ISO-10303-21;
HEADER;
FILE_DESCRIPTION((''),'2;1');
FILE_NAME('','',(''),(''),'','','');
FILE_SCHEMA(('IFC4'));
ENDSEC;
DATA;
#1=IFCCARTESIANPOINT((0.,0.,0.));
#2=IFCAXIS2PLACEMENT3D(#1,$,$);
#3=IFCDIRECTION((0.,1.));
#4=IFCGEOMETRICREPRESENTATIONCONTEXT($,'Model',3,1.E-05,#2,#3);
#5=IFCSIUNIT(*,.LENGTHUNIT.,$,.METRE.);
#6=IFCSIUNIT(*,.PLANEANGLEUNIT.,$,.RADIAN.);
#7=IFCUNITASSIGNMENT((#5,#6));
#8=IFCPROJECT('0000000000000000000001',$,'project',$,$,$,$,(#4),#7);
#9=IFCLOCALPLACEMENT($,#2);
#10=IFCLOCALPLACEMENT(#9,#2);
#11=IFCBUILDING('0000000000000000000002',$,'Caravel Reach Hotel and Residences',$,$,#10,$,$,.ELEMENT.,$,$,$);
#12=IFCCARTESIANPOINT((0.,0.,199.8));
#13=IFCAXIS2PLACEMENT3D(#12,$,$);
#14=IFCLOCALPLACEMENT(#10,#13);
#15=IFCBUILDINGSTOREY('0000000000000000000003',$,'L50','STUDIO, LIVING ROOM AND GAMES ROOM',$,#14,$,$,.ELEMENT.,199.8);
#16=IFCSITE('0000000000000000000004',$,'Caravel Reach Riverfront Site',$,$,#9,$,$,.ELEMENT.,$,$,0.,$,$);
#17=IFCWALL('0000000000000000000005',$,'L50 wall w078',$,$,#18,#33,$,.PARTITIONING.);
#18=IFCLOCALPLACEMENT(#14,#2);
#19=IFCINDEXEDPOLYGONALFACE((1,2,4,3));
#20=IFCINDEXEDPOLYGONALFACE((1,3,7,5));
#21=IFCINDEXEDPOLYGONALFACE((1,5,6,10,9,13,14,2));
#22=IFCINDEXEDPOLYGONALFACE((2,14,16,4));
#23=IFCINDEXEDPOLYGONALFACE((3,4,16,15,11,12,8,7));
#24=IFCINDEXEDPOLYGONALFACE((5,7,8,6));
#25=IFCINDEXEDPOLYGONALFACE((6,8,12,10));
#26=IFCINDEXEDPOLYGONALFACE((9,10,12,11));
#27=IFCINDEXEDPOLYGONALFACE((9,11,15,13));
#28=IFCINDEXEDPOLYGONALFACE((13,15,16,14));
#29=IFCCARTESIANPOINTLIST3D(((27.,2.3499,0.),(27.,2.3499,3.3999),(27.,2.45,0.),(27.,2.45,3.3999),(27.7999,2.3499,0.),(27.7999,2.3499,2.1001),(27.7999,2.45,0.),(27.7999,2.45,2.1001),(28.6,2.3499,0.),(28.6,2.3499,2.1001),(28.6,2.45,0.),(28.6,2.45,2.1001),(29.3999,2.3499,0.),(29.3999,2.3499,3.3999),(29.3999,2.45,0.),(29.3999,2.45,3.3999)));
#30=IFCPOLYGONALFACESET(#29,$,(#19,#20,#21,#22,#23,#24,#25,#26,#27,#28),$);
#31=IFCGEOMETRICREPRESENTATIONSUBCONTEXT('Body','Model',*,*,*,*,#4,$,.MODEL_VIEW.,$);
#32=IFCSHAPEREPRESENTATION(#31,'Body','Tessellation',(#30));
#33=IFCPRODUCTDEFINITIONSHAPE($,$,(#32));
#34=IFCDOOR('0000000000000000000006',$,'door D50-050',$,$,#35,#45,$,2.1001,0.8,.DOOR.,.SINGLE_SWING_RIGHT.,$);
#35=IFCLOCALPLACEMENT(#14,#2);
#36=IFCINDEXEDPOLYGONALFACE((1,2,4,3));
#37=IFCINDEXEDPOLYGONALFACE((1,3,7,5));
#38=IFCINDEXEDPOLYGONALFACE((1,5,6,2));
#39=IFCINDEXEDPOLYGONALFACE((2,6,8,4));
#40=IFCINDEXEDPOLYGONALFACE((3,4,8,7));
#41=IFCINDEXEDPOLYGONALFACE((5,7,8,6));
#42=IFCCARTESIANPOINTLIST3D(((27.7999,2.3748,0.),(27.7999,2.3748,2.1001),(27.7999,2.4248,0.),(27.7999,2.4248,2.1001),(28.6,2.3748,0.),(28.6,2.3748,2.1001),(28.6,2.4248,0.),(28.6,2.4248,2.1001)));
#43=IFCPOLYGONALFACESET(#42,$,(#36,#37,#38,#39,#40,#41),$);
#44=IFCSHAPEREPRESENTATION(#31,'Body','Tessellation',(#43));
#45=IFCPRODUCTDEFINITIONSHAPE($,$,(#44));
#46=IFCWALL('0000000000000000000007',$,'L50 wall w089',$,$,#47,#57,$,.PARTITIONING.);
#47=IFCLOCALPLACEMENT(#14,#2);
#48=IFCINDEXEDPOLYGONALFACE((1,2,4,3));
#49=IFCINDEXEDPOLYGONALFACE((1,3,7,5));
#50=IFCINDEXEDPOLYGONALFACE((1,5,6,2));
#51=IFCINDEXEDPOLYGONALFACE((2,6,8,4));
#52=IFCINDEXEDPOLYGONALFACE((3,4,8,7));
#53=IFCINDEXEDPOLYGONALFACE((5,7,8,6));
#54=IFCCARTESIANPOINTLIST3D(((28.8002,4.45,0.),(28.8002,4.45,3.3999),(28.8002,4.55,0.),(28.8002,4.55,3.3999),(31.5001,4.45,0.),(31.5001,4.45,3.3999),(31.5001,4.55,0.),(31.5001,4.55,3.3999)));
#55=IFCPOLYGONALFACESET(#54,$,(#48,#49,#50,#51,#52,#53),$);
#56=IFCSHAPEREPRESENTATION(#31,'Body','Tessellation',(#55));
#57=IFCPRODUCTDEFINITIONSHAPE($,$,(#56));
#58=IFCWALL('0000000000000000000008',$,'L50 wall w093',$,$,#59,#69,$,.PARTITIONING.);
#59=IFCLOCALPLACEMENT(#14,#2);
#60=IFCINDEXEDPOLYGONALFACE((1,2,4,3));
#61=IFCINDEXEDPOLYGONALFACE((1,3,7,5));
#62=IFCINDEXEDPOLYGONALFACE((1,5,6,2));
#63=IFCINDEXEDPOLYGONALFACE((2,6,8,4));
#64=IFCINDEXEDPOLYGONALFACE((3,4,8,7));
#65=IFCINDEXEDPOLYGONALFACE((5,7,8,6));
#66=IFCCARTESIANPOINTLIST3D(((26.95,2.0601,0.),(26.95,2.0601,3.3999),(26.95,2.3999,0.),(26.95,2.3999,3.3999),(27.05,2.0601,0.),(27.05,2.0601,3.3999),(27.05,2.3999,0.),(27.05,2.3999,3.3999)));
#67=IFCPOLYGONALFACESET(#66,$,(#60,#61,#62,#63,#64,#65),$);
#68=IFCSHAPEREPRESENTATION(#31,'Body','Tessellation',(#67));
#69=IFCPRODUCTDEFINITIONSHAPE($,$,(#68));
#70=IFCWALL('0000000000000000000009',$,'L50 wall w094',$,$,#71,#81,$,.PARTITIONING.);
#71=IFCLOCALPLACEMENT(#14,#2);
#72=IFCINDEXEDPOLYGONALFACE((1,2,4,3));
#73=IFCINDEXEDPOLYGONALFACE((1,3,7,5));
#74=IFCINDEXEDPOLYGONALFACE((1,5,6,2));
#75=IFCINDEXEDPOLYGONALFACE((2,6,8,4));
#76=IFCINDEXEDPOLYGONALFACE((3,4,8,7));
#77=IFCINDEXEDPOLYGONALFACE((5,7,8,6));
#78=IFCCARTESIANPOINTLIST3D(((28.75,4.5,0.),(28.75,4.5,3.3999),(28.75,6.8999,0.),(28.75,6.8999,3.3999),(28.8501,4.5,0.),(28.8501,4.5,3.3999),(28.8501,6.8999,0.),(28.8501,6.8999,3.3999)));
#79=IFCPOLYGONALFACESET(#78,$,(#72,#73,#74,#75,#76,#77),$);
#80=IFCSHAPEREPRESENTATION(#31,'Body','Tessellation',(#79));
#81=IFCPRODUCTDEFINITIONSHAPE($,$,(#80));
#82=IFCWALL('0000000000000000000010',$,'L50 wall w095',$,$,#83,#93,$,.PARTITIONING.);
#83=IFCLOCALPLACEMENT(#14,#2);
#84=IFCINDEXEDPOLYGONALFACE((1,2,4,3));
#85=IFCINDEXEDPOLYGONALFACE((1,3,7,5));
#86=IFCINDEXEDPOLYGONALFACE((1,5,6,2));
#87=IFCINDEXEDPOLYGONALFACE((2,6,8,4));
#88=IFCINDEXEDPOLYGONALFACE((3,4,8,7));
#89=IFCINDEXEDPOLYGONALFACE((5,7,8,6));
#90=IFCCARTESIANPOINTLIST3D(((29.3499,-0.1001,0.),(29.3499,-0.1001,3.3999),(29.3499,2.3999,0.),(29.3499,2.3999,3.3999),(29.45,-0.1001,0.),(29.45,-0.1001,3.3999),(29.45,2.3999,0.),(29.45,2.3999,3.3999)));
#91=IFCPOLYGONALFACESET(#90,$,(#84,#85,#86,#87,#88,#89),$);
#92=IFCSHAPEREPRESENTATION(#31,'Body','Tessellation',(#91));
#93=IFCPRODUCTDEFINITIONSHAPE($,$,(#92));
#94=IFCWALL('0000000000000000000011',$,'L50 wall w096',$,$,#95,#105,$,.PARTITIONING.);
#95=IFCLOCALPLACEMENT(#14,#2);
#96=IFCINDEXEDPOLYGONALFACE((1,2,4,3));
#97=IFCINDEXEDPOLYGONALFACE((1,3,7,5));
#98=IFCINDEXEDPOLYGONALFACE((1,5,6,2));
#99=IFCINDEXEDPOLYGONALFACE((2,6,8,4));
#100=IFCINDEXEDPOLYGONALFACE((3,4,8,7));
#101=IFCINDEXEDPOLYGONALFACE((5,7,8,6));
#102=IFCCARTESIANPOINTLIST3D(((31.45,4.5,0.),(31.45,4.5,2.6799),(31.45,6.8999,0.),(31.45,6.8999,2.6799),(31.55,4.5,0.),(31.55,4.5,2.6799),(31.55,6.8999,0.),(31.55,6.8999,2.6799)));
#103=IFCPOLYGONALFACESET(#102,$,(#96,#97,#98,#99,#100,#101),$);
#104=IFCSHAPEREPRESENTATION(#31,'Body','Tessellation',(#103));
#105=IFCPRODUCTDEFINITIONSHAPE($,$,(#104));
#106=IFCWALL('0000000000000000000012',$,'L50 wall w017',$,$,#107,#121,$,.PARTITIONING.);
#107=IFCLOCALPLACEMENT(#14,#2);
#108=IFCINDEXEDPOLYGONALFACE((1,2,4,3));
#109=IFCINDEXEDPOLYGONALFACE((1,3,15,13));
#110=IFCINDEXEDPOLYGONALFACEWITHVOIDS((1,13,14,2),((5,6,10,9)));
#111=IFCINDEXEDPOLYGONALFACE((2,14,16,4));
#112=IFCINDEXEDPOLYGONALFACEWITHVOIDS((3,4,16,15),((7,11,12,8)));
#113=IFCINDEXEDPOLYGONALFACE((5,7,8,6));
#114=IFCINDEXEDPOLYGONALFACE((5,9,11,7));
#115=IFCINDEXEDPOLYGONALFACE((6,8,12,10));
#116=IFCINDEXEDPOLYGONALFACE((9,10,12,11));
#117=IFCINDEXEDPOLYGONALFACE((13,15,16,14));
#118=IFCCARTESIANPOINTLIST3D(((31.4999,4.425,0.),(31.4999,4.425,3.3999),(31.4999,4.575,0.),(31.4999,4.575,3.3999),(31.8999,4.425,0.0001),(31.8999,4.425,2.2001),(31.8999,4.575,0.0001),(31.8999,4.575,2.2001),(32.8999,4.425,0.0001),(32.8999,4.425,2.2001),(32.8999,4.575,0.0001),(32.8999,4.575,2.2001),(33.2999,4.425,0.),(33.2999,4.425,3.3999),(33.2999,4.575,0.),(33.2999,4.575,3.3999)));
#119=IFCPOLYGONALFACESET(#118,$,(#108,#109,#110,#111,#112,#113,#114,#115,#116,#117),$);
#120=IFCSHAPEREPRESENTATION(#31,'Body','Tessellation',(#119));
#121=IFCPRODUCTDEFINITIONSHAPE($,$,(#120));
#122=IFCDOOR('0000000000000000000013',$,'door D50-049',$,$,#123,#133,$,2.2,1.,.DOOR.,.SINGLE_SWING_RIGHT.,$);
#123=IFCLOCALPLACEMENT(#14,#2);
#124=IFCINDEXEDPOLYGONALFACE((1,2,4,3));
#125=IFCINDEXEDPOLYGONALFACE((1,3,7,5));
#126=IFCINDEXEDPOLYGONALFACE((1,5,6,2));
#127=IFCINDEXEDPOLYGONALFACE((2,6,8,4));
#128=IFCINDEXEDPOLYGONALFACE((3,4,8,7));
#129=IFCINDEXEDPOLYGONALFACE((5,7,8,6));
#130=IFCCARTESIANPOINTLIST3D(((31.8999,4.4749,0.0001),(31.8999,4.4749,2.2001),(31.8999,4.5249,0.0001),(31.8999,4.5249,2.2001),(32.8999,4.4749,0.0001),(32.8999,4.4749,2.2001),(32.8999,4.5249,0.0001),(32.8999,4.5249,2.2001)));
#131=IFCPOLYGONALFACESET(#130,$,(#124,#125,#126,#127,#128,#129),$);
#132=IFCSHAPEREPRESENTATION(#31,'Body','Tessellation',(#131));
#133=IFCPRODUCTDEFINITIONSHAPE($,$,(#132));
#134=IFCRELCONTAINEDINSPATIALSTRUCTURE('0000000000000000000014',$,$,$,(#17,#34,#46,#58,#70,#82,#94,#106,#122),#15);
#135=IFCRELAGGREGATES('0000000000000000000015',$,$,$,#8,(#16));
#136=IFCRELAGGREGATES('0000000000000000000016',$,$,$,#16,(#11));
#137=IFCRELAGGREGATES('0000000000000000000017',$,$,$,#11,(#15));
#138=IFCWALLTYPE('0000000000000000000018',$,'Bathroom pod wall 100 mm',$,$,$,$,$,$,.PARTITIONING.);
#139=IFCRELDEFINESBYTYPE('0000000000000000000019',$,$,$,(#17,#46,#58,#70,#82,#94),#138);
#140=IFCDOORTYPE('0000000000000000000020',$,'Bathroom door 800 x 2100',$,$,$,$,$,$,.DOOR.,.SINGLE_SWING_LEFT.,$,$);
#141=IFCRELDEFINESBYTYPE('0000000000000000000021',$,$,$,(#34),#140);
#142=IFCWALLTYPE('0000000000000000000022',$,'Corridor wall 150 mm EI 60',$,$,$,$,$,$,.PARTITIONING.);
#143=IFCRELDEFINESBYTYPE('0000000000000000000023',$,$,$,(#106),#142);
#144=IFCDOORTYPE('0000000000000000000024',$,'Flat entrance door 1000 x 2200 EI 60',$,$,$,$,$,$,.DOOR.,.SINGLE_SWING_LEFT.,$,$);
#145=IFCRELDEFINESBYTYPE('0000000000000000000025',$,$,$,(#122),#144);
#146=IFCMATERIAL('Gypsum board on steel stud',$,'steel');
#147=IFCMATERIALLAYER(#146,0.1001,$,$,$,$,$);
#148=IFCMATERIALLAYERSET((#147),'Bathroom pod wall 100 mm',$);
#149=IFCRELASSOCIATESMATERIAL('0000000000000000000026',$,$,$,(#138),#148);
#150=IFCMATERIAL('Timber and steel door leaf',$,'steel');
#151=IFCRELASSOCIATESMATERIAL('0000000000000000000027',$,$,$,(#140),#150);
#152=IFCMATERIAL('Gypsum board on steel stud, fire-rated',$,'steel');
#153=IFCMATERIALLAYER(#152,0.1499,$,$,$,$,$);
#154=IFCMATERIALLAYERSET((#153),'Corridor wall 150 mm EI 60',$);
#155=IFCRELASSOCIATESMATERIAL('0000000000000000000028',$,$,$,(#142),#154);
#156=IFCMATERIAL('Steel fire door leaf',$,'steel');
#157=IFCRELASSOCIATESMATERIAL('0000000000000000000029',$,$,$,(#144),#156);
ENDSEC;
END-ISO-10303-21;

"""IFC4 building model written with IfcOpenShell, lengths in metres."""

from ifc_helpers import new_model, si_unit, direction, frame, frame_2d, origin, place, context, subcontext, project, spatial, rectangle, extrude, material, layer, layer_set, type_object, element, fill, save


model = new_model("IFC4")

# Units and contexts
model_context = context("Model", 3, precision=1e-05, world=origin(), true_north=direction((0.0, 1.0)))
body_context = subcontext(model_context, "Body", "Model", "MODEL_VIEW")
ifc_project = project(units=[si_unit("LENGTHUNIT", "METRE"), si_unit("PLANEANGLEUNIT", "RADIAN")], contexts=[model_context])

# Site, building, storey
site_placement = place(None, origin())
site = spatial("IfcSite", under=ifc_project, at=site_placement, Name="Caravel Reach Riverfront Site", CompositionType="ELEMENT", RefElevation=0.0)
building_placement = place(site_placement, origin())
building = spatial("IfcBuilding", under=site, at=building_placement, Name="Caravel Reach Hotel and Residences", CompositionType="ELEMENT")
storey_placement = place(building_placement, frame((0.0, 0.0, 199.8)))
storey = spatial("IfcBuildingStorey", under=building, at=storey_placement, Name="L50", Description="STUDIO, LIVING ROOM AND GAMES ROOM", CompositionType="ELEMENT", Elevation=199.8)

# Wall, opening, door
ifc_material_1 = material(Name="Gypsum board on steel stud", Category="steel")
ifc_layer_1 = layer(ifc_material_1, 0.1001)
ifc_layer_set_1 = layer_set([ifc_layer_1], Name="Bathroom pod wall 100 mm")
wall_type_1 = type_object("IfcWallType", Name="Bathroom pod wall 100 mm", PredefinedType="PARTITIONING", material=ifc_layer_set_1)
wall_1_placement = place(storey_placement, frame((27.0, 2.3999, 0.0), z_axis=(0.0, 0.0, 1.0), x_axis=(1.0, 0.0, 0.0)))
wall_1 = element("IfcWall", 1, at=wall_1_placement, inside=storey, type_object=wall_type_1, Name="L50 wall w078", PredefinedType="PARTITIONING", context=body_context, shape_type="SweptSolid", body=[
    extrude(rectangle(XDim=2.3999, YDim=0.1001, at=frame_2d((1.2, 0.0))), origin(), (0.0, 0.0, 1.0), 3.3999),
])
opening_1_placement = place(wall_1_placement, frame((0.8, 0.0, 0.0)))
opening_1 = element("IfcOpeningElement", 2, at=opening_1_placement, cuts=wall_1, PredefinedType="OPENING", context=body_context, shape_type="SweptSolid", body=[
    extrude(rectangle(XDim=0.8, YDim=2.1001, at=frame_2d((0.3999, 1.05))), frame((0.0, 0.0601, 0.0), z_axis=(0.0, -1.0, 0.0), x_axis=(1.0, 0.0, 0.0)), (0.0, 0.0, 1.0), 0.1201),
])
ifc_material_2 = material(Name="Timber and steel door leaf", Category="steel")
door_type_1 = type_object("IfcDoorType", Name="Bathroom door 800 x 2100", OperationType="SINGLE_SWING_LEFT", PredefinedType="DOOR", material=ifc_material_2)
door_1_placement = place(opening_1_placement, origin())
door_1 = element("IfcDoor", 3, at=door_1_placement, inside=storey, type_object=door_type_1, Name="door D50-050", OperationType="SINGLE_SWING_RIGHT", OverallHeight=2.1001, OverallWidth=0.8, PredefinedType="DOOR", context=body_context, shape_type="SweptSolid", body=[
    extrude(rectangle(XDim=0.8, YDim=2.1001, at=frame_2d((0.3999, 1.05))), frame((0.0, 0.0249, 0.0), z_axis=(0.0, -1.0, 0.0), x_axis=(1.0, 0.0, 0.0)), (0.0, 0.0, 1.0), 0.05),
])
fill(opening_1, door_1)

# Walls
wall_2_placement = place(storey_placement, frame((28.8, 4.5, 0.0), z_axis=(0.0, 0.0, 1.0), x_axis=(1.0, 0.0, 0.0)))
element("IfcWall", 4, at=wall_2_placement, inside=storey, type_object=wall_type_1, Name="L50 wall w089", PredefinedType="PARTITIONING", context=body_context, shape_type="SweptSolid", body=[
    extrude(rectangle(XDim=2.7, YDim=0.1001, at=frame_2d((1.3501, 0.0))), origin(), (0.0, 0.0, 1.0), 3.3999),
])
wall_3_placement = place(storey_placement, frame((27.0, 2.0601, 0.0), z_axis=(0.0, 0.0, 1.0), x_axis=(0.0, 1.0, 0.0)))
element("IfcWall", 5, at=wall_3_placement, inside=storey, type_object=wall_type_1, Name="L50 wall w093", PredefinedType="PARTITIONING", context=body_context, shape_type="SweptSolid", body=[
    extrude(rectangle(XDim=0.3398, YDim=0.1001, at=frame_2d((0.1699, 0.0))), origin(), (0.0, 0.0, 1.0), 3.3999),
])
wall_4_placement = place(storey_placement, frame((28.8, 4.5, 0.0), z_axis=(0.0, 0.0, 1.0), x_axis=(0.0, 1.0, 0.0)))
element("IfcWall", 6, at=wall_4_placement, inside=storey, type_object=wall_type_1, Name="L50 wall w094", PredefinedType="PARTITIONING", context=body_context, shape_type="SweptSolid", body=[
    extrude(rectangle(XDim=2.3999, YDim=0.1001, at=frame_2d((1.2, 0.0))), origin(), (0.0, 0.0, 1.0), 3.3999),
])
wall_5_placement = place(storey_placement, frame((29.3999, -0.1001, 0.0), z_axis=(0.0, 0.0, 1.0), x_axis=(0.0, 1.0, 0.0)))
element("IfcWall", 7, at=wall_5_placement, inside=storey, type_object=wall_type_1, Name="L50 wall w095", PredefinedType="PARTITIONING", context=body_context, shape_type="SweptSolid", body=[
    extrude(rectangle(XDim=2.5, YDim=0.1001, at=frame_2d((1.25, 0.0))), origin(), (0.0, 0.0, 1.0), 3.3999),
])
wall_6_placement = place(storey_placement, frame((31.5, 4.5, 0.0), z_axis=(0.0, 0.0, 1.0), x_axis=(0.0, 1.0, 0.0)))
element("IfcWall", 8, at=wall_6_placement, inside=storey, type_object=wall_type_1, Name="L50 wall w096", PredefinedType="PARTITIONING", context=body_context, shape_type="SweptSolid", body=[
    extrude(rectangle(XDim=2.3999, YDim=0.1001, at=frame_2d((1.2, 0.0))), origin(), (0.0, 0.0, 1.0), 2.6799),
])

# Wall, opening, door
ifc_material_3 = material(Name="Gypsum board on steel stud, fire-rated", Category="steel")
ifc_layer_2 = layer(ifc_material_3, 0.1499)
ifc_layer_set_2 = layer_set([ifc_layer_2], Name="Corridor wall 150 mm EI 60")
wall_type_2 = type_object("IfcWallType", Name="Corridor wall 150 mm EI 60", PredefinedType="PARTITIONING", material=ifc_layer_set_2)
wall_7_placement = place(storey_placement, frame((31.5, 4.5, 0.0), z_axis=(0.0, 0.0, 1.0), x_axis=(1.0, 0.0, 0.0)))
wall_7 = element("IfcWall", 9, at=wall_7_placement, inside=storey, type_object=wall_type_2, Name="L50 wall w017", PredefinedType="PARTITIONING", context=body_context, shape_type="SweptSolid", body=[
    extrude(rectangle(XDim=1.8, YDim=0.1499, at=frame_2d((0.8999, 0.0))), origin(), (0.0, 0.0, 1.0), 3.3999),
])
opening_2_placement = place(wall_7_placement, frame((0.3999, 0.0, 0.0)))
opening_2 = element("IfcOpeningElement", 10, at=opening_2_placement, cuts=wall_7, PredefinedType="OPENING", context=body_context, shape_type="SweptSolid", body=[
    extrude(rectangle(XDim=1.0, YDim=2.2, at=frame_2d((0.5, 1.1001))), frame((0.0, 0.085, 0.0), z_axis=(0.0, -1.0, 0.0), x_axis=(1.0, 0.0, 0.0)), (0.0, 0.0, 1.0), 0.1699),
])
ifc_material_4 = material(Name="Steel fire door leaf", Category="steel")
door_type_2 = type_object("IfcDoorType", Name="Flat entrance door 1000 x 2200 EI 60", OperationType="SINGLE_SWING_LEFT", PredefinedType="DOOR", material=ifc_material_4)
door_2_placement = place(opening_2_placement, origin())
door_2 = element("IfcDoor", 11, at=door_2_placement, inside=storey, type_object=door_type_2, Name="door D50-049", OperationType="SINGLE_SWING_RIGHT", OverallHeight=2.2, OverallWidth=1.0, PredefinedType="DOOR", context=body_context, shape_type="SweptSolid", body=[
    extrude(rectangle(XDim=1.0, YDim=2.2, at=frame_2d((0.5, 1.1001))), frame((0.0, 0.0249, 0.0), z_axis=(0.0, -1.0, 0.0), x_axis=(1.0, 0.0, 0.0)), (0.0, 0.0, 1.0), 0.05),
])
fill(opening_2, door_2)

save(model, "model.ifc")
